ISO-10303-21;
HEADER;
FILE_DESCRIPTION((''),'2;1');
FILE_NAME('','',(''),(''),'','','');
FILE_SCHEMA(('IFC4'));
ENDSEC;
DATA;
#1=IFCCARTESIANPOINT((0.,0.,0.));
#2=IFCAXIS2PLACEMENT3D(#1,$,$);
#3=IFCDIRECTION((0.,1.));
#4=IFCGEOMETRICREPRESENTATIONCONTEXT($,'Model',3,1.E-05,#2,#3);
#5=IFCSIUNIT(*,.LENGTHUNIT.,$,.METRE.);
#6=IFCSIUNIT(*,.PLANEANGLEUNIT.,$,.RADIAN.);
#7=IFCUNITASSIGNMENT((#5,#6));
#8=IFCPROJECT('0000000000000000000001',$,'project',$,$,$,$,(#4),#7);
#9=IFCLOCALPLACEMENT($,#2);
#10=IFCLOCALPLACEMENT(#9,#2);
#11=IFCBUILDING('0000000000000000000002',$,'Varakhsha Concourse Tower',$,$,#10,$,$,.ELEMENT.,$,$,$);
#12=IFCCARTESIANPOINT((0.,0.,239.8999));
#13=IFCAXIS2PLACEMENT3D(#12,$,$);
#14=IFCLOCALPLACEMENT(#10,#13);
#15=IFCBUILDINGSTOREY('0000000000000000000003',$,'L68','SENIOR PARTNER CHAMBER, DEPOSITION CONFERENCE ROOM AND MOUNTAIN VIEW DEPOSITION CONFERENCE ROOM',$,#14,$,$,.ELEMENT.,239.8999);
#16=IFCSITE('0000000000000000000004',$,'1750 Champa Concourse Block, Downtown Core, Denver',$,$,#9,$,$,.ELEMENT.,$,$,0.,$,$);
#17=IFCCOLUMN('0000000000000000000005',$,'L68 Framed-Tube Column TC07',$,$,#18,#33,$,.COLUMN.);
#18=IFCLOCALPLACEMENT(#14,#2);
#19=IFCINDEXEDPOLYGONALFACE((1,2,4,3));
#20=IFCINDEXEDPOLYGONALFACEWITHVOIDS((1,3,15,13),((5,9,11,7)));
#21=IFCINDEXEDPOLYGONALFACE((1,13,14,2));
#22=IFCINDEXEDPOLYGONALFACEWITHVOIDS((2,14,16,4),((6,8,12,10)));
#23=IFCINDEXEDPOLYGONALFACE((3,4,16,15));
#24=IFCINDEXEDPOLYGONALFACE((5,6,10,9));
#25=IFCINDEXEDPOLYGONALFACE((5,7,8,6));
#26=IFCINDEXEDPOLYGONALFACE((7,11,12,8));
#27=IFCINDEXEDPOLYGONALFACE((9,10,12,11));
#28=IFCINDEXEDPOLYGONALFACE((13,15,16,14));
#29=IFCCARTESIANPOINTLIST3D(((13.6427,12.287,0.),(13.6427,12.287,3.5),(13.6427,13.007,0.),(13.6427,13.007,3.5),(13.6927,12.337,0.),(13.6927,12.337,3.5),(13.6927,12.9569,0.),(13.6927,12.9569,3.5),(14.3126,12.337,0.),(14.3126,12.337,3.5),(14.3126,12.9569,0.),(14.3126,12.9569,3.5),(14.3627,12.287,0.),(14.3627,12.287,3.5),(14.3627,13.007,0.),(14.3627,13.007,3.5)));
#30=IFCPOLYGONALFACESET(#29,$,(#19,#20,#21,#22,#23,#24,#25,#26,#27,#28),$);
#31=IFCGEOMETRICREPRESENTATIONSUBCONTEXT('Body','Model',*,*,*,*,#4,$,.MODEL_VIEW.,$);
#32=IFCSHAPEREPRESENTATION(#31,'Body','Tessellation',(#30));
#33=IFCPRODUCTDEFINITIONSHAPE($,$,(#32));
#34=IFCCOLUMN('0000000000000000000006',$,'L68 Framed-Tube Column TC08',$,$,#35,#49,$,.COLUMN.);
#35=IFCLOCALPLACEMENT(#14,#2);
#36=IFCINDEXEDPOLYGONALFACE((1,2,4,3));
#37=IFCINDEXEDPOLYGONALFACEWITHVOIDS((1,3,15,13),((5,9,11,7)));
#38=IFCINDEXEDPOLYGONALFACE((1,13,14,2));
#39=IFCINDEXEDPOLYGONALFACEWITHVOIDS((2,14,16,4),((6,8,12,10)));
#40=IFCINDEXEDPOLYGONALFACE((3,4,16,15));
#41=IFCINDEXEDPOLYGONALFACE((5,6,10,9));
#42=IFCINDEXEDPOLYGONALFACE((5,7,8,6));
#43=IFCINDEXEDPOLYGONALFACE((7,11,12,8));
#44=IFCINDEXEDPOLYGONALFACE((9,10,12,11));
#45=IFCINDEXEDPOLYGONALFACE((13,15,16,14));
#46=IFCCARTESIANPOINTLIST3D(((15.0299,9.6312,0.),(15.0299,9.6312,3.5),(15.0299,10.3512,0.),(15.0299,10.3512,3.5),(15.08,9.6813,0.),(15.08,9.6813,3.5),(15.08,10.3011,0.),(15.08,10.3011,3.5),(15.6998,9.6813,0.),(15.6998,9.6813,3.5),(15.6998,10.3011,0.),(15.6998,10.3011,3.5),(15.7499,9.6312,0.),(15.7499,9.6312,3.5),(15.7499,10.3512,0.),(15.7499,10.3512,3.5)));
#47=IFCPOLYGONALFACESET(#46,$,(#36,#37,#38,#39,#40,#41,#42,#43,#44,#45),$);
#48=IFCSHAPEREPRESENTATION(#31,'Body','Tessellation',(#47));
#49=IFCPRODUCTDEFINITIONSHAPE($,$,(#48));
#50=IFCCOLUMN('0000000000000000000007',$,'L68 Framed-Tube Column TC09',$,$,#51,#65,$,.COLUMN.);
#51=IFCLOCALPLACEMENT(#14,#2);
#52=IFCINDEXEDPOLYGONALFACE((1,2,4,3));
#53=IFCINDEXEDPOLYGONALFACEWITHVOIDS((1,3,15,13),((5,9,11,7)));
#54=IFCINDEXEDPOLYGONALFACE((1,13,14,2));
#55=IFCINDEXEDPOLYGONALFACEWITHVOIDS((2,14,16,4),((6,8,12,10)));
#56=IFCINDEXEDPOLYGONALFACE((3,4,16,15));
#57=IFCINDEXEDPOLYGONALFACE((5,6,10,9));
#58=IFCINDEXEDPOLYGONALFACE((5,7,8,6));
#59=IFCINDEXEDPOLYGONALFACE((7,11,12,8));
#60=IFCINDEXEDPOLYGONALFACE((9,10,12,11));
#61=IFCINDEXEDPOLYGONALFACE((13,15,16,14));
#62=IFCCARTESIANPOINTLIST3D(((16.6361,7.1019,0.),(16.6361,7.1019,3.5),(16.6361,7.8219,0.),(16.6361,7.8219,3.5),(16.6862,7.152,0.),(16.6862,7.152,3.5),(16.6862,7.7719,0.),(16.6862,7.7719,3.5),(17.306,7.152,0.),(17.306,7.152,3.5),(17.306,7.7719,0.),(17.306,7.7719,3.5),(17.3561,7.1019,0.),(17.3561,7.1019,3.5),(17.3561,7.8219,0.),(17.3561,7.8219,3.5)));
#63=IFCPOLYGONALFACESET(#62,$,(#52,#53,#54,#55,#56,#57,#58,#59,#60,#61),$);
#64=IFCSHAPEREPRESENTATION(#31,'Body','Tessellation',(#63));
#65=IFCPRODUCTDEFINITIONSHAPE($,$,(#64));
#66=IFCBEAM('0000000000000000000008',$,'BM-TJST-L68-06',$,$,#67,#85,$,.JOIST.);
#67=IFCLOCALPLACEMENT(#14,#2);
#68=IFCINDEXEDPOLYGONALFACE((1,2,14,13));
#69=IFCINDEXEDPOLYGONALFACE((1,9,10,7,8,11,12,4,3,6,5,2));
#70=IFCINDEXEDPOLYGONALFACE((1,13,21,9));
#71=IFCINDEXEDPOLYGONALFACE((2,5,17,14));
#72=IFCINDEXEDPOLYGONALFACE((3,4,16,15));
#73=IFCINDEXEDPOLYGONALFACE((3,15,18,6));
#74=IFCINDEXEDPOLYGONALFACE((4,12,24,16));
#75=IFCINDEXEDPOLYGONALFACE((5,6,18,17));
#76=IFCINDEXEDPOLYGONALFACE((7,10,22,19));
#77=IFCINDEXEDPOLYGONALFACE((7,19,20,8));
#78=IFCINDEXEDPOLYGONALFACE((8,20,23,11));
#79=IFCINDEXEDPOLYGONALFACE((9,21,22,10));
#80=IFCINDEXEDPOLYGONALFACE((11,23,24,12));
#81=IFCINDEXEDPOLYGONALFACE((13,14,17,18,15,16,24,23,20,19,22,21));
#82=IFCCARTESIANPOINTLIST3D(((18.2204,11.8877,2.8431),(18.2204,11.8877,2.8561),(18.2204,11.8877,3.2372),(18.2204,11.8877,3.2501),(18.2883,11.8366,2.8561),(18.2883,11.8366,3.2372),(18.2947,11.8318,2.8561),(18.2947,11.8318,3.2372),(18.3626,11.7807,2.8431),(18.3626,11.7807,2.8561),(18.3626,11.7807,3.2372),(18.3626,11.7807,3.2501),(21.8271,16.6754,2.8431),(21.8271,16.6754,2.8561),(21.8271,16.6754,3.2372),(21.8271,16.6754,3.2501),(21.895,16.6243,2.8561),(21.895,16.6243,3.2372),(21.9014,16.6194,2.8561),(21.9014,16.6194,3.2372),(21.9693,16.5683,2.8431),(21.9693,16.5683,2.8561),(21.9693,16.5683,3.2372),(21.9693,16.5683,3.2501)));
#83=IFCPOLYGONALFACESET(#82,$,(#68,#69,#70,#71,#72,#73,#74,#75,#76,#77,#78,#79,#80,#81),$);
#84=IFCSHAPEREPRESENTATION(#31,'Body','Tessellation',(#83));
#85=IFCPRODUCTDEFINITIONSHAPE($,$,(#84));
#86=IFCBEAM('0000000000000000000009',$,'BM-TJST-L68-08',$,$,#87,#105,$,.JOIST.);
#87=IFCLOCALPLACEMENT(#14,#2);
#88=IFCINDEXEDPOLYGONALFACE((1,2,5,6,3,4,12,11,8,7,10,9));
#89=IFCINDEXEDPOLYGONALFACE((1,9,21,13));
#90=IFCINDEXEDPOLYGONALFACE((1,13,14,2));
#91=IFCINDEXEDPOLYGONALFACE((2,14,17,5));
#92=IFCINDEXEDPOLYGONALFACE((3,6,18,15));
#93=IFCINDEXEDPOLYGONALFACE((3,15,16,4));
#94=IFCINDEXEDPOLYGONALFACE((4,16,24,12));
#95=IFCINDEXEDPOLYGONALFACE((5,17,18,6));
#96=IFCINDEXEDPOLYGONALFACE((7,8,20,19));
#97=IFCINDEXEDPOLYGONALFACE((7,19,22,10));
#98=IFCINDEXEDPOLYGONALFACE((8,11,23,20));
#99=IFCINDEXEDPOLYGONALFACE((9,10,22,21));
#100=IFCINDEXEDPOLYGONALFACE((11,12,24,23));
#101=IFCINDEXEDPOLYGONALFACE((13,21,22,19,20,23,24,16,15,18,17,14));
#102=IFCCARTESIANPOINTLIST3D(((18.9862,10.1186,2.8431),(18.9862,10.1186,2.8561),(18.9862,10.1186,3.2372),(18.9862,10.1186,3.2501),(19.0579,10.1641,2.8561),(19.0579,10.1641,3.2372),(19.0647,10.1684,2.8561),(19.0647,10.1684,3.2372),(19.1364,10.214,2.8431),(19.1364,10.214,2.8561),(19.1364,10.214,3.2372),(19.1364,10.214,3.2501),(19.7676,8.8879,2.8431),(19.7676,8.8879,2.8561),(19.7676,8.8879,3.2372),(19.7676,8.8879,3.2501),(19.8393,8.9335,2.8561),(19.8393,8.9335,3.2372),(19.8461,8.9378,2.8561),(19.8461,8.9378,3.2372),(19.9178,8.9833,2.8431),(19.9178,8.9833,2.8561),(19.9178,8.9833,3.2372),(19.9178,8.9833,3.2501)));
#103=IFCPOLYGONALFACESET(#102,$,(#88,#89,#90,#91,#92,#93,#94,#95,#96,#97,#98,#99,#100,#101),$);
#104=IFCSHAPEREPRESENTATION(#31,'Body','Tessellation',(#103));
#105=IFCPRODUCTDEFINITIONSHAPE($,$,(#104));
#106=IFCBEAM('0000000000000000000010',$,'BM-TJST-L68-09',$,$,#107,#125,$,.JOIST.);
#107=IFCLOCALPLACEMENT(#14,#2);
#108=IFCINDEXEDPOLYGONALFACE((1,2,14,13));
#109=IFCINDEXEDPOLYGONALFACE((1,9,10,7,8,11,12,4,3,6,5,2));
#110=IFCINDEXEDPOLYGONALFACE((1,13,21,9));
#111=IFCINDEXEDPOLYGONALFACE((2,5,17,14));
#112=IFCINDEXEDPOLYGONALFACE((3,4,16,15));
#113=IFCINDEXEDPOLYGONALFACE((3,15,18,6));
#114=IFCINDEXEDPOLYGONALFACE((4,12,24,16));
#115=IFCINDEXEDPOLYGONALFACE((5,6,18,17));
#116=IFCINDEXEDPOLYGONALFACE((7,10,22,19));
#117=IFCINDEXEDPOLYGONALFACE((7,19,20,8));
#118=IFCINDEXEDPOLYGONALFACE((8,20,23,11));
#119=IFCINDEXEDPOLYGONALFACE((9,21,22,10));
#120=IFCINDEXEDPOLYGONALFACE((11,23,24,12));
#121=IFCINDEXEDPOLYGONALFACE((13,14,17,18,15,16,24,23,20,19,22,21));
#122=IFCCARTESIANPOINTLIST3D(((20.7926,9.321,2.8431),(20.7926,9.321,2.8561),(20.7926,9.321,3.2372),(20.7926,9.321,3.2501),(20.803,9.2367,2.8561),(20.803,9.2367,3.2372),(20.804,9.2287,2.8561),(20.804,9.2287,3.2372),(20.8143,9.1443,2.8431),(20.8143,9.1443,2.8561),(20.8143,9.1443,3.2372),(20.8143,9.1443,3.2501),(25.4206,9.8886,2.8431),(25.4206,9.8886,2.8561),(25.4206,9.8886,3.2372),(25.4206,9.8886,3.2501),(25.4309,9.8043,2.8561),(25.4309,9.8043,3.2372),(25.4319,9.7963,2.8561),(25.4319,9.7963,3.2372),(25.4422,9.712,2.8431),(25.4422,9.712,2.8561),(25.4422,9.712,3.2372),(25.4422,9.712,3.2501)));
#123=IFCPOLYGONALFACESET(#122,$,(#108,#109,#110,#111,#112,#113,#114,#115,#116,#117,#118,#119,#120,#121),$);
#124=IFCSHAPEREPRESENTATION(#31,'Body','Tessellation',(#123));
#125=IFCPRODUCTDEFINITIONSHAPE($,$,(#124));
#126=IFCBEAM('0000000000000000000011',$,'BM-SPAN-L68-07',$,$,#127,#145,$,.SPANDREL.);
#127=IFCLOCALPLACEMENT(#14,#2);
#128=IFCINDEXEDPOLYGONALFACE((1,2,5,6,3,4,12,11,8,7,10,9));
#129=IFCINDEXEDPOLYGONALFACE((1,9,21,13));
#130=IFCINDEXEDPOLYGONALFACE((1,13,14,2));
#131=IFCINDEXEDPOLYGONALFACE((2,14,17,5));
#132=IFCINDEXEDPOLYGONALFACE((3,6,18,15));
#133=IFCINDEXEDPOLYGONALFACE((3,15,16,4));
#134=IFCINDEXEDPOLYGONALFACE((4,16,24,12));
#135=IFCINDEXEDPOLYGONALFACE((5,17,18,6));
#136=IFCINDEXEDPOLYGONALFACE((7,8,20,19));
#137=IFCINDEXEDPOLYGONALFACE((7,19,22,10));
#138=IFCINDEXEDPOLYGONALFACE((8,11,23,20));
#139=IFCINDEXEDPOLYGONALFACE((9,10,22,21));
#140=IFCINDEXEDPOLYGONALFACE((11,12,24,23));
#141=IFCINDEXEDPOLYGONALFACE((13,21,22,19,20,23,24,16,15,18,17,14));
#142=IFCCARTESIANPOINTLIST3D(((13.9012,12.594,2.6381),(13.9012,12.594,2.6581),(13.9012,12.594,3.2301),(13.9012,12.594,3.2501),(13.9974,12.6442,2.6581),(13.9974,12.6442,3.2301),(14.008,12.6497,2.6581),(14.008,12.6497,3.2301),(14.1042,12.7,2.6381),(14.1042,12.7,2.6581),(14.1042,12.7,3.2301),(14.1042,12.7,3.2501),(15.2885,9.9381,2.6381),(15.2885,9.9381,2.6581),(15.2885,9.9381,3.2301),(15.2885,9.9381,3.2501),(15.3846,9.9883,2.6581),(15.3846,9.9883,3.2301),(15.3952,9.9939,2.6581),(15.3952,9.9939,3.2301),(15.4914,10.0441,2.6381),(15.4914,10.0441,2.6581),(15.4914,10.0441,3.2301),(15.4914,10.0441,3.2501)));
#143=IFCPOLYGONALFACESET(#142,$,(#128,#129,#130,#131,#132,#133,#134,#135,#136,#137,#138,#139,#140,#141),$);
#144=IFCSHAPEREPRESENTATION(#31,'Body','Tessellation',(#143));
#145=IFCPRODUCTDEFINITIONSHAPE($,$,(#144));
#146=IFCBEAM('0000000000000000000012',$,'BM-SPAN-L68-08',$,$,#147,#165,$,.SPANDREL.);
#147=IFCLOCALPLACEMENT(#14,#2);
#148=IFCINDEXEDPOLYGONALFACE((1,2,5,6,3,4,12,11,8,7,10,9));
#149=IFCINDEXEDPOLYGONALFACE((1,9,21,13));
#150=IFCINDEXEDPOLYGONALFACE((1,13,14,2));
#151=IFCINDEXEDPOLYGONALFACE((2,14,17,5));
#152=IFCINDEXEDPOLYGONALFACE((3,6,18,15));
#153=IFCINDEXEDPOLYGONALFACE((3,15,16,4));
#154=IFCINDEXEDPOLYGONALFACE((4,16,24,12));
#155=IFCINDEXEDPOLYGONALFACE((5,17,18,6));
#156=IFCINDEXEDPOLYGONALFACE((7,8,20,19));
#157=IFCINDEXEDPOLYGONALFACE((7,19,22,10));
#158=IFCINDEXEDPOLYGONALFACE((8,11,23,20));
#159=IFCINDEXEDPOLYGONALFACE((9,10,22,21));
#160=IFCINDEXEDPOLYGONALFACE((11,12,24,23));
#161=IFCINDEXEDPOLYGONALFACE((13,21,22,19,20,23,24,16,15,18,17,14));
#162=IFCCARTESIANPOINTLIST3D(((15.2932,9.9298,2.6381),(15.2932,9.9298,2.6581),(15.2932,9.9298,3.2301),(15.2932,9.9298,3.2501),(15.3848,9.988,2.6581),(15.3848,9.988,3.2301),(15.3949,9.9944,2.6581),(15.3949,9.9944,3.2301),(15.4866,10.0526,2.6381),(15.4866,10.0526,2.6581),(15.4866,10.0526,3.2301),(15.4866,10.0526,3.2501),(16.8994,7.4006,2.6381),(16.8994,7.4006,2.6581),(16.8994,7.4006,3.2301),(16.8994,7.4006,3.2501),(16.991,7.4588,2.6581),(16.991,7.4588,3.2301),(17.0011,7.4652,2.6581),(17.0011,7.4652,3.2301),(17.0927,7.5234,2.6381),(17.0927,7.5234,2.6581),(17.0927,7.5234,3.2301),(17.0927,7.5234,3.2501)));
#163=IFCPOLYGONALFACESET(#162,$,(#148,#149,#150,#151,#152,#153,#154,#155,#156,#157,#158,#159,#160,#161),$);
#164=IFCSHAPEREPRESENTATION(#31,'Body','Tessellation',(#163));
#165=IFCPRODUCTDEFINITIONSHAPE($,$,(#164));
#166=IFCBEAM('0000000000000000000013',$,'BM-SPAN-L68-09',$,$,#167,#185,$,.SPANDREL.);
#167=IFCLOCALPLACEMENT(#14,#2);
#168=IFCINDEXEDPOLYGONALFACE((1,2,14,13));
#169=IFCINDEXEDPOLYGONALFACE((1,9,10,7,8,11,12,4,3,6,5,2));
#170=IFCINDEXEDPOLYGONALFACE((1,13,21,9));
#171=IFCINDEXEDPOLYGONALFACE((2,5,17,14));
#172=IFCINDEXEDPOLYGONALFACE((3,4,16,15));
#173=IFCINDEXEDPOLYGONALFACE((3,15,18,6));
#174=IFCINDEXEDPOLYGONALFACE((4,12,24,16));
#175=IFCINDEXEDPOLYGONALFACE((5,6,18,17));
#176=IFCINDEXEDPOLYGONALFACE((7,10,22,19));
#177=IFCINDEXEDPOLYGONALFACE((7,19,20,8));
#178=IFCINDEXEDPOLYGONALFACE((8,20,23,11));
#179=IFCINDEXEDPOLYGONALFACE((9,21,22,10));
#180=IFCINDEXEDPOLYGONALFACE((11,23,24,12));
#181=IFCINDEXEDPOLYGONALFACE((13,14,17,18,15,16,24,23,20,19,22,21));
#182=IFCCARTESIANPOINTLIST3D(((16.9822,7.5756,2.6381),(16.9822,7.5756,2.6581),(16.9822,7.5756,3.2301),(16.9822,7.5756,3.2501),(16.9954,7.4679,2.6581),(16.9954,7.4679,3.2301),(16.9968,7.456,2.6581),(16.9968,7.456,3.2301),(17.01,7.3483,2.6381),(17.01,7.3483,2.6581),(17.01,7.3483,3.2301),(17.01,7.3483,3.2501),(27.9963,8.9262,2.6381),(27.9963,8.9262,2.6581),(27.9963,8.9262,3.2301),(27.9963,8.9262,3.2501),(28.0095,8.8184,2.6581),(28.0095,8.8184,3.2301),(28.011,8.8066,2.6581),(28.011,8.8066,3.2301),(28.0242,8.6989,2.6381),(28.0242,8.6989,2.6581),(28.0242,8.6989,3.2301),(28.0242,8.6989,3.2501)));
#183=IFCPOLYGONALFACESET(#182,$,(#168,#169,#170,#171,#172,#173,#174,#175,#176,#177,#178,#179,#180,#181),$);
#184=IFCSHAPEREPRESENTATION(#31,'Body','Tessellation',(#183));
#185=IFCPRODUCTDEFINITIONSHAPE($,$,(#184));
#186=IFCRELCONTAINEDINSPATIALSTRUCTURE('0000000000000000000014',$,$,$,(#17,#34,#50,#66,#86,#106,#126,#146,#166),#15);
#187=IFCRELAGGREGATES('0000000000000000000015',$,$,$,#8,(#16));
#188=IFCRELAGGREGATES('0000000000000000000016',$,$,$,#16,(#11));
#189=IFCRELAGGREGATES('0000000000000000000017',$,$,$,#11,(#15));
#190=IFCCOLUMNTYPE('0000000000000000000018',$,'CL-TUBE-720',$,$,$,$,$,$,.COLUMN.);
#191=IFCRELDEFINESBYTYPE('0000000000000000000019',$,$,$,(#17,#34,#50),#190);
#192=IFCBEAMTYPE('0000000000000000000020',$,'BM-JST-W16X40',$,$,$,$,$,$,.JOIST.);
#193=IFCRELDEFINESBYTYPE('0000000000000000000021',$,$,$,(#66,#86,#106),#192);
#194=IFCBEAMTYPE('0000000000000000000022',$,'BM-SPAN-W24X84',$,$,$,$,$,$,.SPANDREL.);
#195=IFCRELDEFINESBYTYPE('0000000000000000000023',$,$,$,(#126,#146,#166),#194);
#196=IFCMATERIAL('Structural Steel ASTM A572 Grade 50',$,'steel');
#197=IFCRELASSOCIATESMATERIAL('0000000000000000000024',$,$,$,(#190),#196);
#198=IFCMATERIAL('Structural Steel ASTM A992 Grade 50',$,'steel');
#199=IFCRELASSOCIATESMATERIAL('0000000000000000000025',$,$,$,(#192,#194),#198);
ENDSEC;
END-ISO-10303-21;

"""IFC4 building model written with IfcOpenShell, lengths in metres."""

from ifc_helpers import new_model, si_unit, direction, frame, origin, origin_2d, place, context, subcontext, project, spatial, hollow_rectangle, i_section, extrude, material, material_profile, profile_set, type_object, element, save


model = new_model("IFC4")

# Units and contexts
model_context = context("Model", 3, precision=1e-05, world=origin(), true_north=direction((0.0, 1.0)))
body_context = subcontext(model_context, "Body", "Model", "MODEL_VIEW")
ifc_project = project(units=[si_unit("LENGTHUNIT", "METRE"), si_unit("PLANEANGLEUNIT", "RADIAN")], contexts=[model_context])

# Site, building, storey
site_placement = place(None, origin())
site = spatial("IfcSite", under=ifc_project, at=site_placement, Name="1750 Champa Concourse Block, Downtown Core, Denver", CompositionType="ELEMENT", RefElevation=0.0)
building_placement = place(site_placement, origin())
building = spatial("IfcBuilding", under=site, at=building_placement, Name="Varakhsha Concourse Tower", CompositionType="ELEMENT")
storey_placement = place(building_placement, frame((0.0, 0.0, 239.8999)))
storey = spatial("IfcBuildingStorey", under=building, at=storey_placement, Name="L68", Description="SENIOR PARTNER CHAMBER, DEPOSITION CONFERENCE ROOM AND MOUNTAIN VIEW DEPOSITION CONFERENCE ROOM", CompositionType="ELEMENT", Elevation=239.8999)

# Columns
ifc_material_1 = material(Name="Structural Steel ASTM A572 Grade 50", Category="steel")
ifc_material_profile_1 = material_profile(ifc_material_1, hollow_rectangle(XDim=0.72, YDim=0.72, WallThickness=0.05, at=origin_2d()), Name="BOX 720x720x50")
ifc_profile_set_1 = profile_set([ifc_material_profile_1], Name="Structural Steel ASTM A572 Grade 50")
column_type = type_object("IfcColumnType", Name="CL-TUBE-720", PredefinedType="COLUMN", material=ifc_profile_set_1)
for number, where, z_axis, x_axis, name in (
    (1, (14.0027, 12.647, 0.0), (0.0, 0.0, 1.0), (1.0, 0.0, 0.0), "L68 Framed-Tube Column TC07"),
    (2, (15.3899, 9.9912, 0.0), (0.0, 0.0, 1.0), (1.0, 0.0, 0.0), "L68 Framed-Tube Column TC08"),
    (3, (16.9961, 7.4619, 0.0), (0.0, 0.0, 1.0), (1.0, 0.0, 0.0), "L68 Framed-Tube Column TC09"),
):
    element("IfcColumn", number, at=place(storey_placement, frame(where, z_axis=z_axis, x_axis=x_axis)), inside=storey, type_object=column_type, Name=name, PredefinedType="COLUMN", context=body_context, shape_type="SweptSolid", body=[
        extrude(hollow_rectangle(XDim=0.72, YDim=0.72, WallThickness=0.05, at=origin_2d()), origin(), (0.0, 0.0, 1.0), 3.5),
    ])

# Beams
ifc_material_2 = material(Name="Structural Steel ASTM A992 Grade 50", Category="steel")
ifc_material_profile_2 = material_profile(ifc_material_2, i_section(OverallWidth=0.178, OverallDepth=0.407, WebThickness=0.0081, FlangeThickness=0.0129, at=origin_2d()), Name="W16X40")
ifc_profile_set_2 = profile_set([ifc_material_profile_2], Name="Structural Steel ASTM A992 Grade 50")
beam_type_1 = type_object("IfcBeamType", Name="BM-JST-W16X40", PredefinedType="JOIST", material=ifc_profile_set_2)
beam_1_placement = place(storey_placement, frame((21.8982, 16.6218, 3.0466), z_axis=(-0.601706, -0.798718, 0.0), x_axis=(0.798718, -0.601706, 0.0)))
element("IfcBeam", 4, at=beam_1_placement, inside=storey, type_object=beam_type_1, Name="BM-TJST-L68-06", PredefinedType="JOIST", context=body_context, shape_type="SweptSolid", body=[
    extrude(i_section(OverallWidth=0.178, OverallDepth=0.407, WebThickness=0.0081, FlangeThickness=0.0129, at=origin_2d()), origin(), (0.0, 0.0, 1.0), 5.9941),
])
beam_2_placement = place(storey_placement, frame((19.0613, 10.1663, 3.0466), z_axis=(0.536052, -0.844185, 0.0), x_axis=(0.844185, 0.536052, 0.0)))
element("IfcBeam", 5, at=beam_2_placement, inside=storey, type_object=beam_type_1, Name="BM-TJST-L68-08", PredefinedType="JOIST", context=body_context, shape_type="SweptSolid", body=[
    extrude(i_section(OverallWidth=0.178, OverallDepth=0.407, WebThickness=0.0081, FlangeThickness=0.0129, at=origin_2d()), origin(), (0.0, 0.0, 1.0), 1.4578),
])
beam_3_placement = place(storey_placement, frame((20.8035, 9.2327, 3.0466), z_axis=(0.992562, 0.12174, 0.0), x_axis=(-0.12174, 0.992562, 0.0)))
element("IfcBeam", 6, at=beam_3_placement, inside=storey, type_object=beam_type_1, Name="BM-TJST-L68-09", PredefinedType="JOIST", context=body_context, shape_type="SweptSolid", body=[
    extrude(i_section(OverallWidth=0.178, OverallDepth=0.407, WebThickness=0.0081, FlangeThickness=0.0129, at=origin_2d()), origin(), (0.0, 0.0, 1.0), 4.6626),
])
ifc_material_profile_3 = material_profile(ifc_material_2, i_section(OverallWidth=0.229, OverallDepth=0.6121, WebThickness=0.012, FlangeThickness=0.02, at=origin_2d()), Name="W24X84")
ifc_profile_set_3 = profile_set([ifc_material_profile_3], Name="Structural Steel ASTM A992 Grade 50")
beam_type_2 = type_object("IfcBeamType", Name="BM-SPAN-W24X84", PredefinedType="SPANDREL", material=ifc_profile_set_3)
beam_4_placement = place(storey_placement, frame((14.0027, 12.647, 2.9441), z_axis=(0.462984, -0.886367, 0.0), x_axis=(0.886367, 0.462984, 0.0)))
element("IfcBeam", 7, at=beam_4_placement, inside=storey, type_object=beam_type_2, Name="BM-SPAN-L68-07", PredefinedType="SPANDREL", context=body_context, shape_type="SweptSolid", body=[
    extrude(i_section(OverallWidth=0.229, OverallDepth=0.6121, WebThickness=0.012, FlangeThickness=0.02, at=origin_2d()), origin(), (0.0, 0.0, 1.0), 2.9963),
])
beam_5_placement = place(storey_placement, frame((15.3899, 9.9912, 2.9441), z_axis=(0.536079, -0.844168, 0.0), x_axis=(0.844168, 0.536079, 0.0)))
element("IfcBeam", 8, at=beam_5_placement, inside=storey, type_object=beam_type_2, Name="BM-SPAN-L68-08", PredefinedType="SPANDREL", context=body_context, shape_type="SweptSolid", body=[
    extrude(i_section(OverallWidth=0.229, OverallDepth=0.6121, WebThickness=0.012, FlangeThickness=0.02, at=origin_2d()), origin(), (0.0, 0.0, 1.0), 2.9961),
])
beam_6_placement = place(storey_placement, frame((16.9961, 7.4619, 2.9441), z_axis=(0.992566, 0.121711, 0.0), x_axis=(-0.121711, 0.992566, 0.0)))
element("IfcBeam", 9, at=beam_6_placement, inside=storey, type_object=beam_type_2, Name="BM-SPAN-L68-09", PredefinedType="SPANDREL", context=body_context, shape_type="SweptSolid", body=[
    extrude(i_section(OverallWidth=0.229, OverallDepth=0.6121, WebThickness=0.012, FlangeThickness=0.02, at=origin_2d()), origin(), (0.0, 0.0, 1.0), 11.0967),
])

save(model, "model.ifc")
